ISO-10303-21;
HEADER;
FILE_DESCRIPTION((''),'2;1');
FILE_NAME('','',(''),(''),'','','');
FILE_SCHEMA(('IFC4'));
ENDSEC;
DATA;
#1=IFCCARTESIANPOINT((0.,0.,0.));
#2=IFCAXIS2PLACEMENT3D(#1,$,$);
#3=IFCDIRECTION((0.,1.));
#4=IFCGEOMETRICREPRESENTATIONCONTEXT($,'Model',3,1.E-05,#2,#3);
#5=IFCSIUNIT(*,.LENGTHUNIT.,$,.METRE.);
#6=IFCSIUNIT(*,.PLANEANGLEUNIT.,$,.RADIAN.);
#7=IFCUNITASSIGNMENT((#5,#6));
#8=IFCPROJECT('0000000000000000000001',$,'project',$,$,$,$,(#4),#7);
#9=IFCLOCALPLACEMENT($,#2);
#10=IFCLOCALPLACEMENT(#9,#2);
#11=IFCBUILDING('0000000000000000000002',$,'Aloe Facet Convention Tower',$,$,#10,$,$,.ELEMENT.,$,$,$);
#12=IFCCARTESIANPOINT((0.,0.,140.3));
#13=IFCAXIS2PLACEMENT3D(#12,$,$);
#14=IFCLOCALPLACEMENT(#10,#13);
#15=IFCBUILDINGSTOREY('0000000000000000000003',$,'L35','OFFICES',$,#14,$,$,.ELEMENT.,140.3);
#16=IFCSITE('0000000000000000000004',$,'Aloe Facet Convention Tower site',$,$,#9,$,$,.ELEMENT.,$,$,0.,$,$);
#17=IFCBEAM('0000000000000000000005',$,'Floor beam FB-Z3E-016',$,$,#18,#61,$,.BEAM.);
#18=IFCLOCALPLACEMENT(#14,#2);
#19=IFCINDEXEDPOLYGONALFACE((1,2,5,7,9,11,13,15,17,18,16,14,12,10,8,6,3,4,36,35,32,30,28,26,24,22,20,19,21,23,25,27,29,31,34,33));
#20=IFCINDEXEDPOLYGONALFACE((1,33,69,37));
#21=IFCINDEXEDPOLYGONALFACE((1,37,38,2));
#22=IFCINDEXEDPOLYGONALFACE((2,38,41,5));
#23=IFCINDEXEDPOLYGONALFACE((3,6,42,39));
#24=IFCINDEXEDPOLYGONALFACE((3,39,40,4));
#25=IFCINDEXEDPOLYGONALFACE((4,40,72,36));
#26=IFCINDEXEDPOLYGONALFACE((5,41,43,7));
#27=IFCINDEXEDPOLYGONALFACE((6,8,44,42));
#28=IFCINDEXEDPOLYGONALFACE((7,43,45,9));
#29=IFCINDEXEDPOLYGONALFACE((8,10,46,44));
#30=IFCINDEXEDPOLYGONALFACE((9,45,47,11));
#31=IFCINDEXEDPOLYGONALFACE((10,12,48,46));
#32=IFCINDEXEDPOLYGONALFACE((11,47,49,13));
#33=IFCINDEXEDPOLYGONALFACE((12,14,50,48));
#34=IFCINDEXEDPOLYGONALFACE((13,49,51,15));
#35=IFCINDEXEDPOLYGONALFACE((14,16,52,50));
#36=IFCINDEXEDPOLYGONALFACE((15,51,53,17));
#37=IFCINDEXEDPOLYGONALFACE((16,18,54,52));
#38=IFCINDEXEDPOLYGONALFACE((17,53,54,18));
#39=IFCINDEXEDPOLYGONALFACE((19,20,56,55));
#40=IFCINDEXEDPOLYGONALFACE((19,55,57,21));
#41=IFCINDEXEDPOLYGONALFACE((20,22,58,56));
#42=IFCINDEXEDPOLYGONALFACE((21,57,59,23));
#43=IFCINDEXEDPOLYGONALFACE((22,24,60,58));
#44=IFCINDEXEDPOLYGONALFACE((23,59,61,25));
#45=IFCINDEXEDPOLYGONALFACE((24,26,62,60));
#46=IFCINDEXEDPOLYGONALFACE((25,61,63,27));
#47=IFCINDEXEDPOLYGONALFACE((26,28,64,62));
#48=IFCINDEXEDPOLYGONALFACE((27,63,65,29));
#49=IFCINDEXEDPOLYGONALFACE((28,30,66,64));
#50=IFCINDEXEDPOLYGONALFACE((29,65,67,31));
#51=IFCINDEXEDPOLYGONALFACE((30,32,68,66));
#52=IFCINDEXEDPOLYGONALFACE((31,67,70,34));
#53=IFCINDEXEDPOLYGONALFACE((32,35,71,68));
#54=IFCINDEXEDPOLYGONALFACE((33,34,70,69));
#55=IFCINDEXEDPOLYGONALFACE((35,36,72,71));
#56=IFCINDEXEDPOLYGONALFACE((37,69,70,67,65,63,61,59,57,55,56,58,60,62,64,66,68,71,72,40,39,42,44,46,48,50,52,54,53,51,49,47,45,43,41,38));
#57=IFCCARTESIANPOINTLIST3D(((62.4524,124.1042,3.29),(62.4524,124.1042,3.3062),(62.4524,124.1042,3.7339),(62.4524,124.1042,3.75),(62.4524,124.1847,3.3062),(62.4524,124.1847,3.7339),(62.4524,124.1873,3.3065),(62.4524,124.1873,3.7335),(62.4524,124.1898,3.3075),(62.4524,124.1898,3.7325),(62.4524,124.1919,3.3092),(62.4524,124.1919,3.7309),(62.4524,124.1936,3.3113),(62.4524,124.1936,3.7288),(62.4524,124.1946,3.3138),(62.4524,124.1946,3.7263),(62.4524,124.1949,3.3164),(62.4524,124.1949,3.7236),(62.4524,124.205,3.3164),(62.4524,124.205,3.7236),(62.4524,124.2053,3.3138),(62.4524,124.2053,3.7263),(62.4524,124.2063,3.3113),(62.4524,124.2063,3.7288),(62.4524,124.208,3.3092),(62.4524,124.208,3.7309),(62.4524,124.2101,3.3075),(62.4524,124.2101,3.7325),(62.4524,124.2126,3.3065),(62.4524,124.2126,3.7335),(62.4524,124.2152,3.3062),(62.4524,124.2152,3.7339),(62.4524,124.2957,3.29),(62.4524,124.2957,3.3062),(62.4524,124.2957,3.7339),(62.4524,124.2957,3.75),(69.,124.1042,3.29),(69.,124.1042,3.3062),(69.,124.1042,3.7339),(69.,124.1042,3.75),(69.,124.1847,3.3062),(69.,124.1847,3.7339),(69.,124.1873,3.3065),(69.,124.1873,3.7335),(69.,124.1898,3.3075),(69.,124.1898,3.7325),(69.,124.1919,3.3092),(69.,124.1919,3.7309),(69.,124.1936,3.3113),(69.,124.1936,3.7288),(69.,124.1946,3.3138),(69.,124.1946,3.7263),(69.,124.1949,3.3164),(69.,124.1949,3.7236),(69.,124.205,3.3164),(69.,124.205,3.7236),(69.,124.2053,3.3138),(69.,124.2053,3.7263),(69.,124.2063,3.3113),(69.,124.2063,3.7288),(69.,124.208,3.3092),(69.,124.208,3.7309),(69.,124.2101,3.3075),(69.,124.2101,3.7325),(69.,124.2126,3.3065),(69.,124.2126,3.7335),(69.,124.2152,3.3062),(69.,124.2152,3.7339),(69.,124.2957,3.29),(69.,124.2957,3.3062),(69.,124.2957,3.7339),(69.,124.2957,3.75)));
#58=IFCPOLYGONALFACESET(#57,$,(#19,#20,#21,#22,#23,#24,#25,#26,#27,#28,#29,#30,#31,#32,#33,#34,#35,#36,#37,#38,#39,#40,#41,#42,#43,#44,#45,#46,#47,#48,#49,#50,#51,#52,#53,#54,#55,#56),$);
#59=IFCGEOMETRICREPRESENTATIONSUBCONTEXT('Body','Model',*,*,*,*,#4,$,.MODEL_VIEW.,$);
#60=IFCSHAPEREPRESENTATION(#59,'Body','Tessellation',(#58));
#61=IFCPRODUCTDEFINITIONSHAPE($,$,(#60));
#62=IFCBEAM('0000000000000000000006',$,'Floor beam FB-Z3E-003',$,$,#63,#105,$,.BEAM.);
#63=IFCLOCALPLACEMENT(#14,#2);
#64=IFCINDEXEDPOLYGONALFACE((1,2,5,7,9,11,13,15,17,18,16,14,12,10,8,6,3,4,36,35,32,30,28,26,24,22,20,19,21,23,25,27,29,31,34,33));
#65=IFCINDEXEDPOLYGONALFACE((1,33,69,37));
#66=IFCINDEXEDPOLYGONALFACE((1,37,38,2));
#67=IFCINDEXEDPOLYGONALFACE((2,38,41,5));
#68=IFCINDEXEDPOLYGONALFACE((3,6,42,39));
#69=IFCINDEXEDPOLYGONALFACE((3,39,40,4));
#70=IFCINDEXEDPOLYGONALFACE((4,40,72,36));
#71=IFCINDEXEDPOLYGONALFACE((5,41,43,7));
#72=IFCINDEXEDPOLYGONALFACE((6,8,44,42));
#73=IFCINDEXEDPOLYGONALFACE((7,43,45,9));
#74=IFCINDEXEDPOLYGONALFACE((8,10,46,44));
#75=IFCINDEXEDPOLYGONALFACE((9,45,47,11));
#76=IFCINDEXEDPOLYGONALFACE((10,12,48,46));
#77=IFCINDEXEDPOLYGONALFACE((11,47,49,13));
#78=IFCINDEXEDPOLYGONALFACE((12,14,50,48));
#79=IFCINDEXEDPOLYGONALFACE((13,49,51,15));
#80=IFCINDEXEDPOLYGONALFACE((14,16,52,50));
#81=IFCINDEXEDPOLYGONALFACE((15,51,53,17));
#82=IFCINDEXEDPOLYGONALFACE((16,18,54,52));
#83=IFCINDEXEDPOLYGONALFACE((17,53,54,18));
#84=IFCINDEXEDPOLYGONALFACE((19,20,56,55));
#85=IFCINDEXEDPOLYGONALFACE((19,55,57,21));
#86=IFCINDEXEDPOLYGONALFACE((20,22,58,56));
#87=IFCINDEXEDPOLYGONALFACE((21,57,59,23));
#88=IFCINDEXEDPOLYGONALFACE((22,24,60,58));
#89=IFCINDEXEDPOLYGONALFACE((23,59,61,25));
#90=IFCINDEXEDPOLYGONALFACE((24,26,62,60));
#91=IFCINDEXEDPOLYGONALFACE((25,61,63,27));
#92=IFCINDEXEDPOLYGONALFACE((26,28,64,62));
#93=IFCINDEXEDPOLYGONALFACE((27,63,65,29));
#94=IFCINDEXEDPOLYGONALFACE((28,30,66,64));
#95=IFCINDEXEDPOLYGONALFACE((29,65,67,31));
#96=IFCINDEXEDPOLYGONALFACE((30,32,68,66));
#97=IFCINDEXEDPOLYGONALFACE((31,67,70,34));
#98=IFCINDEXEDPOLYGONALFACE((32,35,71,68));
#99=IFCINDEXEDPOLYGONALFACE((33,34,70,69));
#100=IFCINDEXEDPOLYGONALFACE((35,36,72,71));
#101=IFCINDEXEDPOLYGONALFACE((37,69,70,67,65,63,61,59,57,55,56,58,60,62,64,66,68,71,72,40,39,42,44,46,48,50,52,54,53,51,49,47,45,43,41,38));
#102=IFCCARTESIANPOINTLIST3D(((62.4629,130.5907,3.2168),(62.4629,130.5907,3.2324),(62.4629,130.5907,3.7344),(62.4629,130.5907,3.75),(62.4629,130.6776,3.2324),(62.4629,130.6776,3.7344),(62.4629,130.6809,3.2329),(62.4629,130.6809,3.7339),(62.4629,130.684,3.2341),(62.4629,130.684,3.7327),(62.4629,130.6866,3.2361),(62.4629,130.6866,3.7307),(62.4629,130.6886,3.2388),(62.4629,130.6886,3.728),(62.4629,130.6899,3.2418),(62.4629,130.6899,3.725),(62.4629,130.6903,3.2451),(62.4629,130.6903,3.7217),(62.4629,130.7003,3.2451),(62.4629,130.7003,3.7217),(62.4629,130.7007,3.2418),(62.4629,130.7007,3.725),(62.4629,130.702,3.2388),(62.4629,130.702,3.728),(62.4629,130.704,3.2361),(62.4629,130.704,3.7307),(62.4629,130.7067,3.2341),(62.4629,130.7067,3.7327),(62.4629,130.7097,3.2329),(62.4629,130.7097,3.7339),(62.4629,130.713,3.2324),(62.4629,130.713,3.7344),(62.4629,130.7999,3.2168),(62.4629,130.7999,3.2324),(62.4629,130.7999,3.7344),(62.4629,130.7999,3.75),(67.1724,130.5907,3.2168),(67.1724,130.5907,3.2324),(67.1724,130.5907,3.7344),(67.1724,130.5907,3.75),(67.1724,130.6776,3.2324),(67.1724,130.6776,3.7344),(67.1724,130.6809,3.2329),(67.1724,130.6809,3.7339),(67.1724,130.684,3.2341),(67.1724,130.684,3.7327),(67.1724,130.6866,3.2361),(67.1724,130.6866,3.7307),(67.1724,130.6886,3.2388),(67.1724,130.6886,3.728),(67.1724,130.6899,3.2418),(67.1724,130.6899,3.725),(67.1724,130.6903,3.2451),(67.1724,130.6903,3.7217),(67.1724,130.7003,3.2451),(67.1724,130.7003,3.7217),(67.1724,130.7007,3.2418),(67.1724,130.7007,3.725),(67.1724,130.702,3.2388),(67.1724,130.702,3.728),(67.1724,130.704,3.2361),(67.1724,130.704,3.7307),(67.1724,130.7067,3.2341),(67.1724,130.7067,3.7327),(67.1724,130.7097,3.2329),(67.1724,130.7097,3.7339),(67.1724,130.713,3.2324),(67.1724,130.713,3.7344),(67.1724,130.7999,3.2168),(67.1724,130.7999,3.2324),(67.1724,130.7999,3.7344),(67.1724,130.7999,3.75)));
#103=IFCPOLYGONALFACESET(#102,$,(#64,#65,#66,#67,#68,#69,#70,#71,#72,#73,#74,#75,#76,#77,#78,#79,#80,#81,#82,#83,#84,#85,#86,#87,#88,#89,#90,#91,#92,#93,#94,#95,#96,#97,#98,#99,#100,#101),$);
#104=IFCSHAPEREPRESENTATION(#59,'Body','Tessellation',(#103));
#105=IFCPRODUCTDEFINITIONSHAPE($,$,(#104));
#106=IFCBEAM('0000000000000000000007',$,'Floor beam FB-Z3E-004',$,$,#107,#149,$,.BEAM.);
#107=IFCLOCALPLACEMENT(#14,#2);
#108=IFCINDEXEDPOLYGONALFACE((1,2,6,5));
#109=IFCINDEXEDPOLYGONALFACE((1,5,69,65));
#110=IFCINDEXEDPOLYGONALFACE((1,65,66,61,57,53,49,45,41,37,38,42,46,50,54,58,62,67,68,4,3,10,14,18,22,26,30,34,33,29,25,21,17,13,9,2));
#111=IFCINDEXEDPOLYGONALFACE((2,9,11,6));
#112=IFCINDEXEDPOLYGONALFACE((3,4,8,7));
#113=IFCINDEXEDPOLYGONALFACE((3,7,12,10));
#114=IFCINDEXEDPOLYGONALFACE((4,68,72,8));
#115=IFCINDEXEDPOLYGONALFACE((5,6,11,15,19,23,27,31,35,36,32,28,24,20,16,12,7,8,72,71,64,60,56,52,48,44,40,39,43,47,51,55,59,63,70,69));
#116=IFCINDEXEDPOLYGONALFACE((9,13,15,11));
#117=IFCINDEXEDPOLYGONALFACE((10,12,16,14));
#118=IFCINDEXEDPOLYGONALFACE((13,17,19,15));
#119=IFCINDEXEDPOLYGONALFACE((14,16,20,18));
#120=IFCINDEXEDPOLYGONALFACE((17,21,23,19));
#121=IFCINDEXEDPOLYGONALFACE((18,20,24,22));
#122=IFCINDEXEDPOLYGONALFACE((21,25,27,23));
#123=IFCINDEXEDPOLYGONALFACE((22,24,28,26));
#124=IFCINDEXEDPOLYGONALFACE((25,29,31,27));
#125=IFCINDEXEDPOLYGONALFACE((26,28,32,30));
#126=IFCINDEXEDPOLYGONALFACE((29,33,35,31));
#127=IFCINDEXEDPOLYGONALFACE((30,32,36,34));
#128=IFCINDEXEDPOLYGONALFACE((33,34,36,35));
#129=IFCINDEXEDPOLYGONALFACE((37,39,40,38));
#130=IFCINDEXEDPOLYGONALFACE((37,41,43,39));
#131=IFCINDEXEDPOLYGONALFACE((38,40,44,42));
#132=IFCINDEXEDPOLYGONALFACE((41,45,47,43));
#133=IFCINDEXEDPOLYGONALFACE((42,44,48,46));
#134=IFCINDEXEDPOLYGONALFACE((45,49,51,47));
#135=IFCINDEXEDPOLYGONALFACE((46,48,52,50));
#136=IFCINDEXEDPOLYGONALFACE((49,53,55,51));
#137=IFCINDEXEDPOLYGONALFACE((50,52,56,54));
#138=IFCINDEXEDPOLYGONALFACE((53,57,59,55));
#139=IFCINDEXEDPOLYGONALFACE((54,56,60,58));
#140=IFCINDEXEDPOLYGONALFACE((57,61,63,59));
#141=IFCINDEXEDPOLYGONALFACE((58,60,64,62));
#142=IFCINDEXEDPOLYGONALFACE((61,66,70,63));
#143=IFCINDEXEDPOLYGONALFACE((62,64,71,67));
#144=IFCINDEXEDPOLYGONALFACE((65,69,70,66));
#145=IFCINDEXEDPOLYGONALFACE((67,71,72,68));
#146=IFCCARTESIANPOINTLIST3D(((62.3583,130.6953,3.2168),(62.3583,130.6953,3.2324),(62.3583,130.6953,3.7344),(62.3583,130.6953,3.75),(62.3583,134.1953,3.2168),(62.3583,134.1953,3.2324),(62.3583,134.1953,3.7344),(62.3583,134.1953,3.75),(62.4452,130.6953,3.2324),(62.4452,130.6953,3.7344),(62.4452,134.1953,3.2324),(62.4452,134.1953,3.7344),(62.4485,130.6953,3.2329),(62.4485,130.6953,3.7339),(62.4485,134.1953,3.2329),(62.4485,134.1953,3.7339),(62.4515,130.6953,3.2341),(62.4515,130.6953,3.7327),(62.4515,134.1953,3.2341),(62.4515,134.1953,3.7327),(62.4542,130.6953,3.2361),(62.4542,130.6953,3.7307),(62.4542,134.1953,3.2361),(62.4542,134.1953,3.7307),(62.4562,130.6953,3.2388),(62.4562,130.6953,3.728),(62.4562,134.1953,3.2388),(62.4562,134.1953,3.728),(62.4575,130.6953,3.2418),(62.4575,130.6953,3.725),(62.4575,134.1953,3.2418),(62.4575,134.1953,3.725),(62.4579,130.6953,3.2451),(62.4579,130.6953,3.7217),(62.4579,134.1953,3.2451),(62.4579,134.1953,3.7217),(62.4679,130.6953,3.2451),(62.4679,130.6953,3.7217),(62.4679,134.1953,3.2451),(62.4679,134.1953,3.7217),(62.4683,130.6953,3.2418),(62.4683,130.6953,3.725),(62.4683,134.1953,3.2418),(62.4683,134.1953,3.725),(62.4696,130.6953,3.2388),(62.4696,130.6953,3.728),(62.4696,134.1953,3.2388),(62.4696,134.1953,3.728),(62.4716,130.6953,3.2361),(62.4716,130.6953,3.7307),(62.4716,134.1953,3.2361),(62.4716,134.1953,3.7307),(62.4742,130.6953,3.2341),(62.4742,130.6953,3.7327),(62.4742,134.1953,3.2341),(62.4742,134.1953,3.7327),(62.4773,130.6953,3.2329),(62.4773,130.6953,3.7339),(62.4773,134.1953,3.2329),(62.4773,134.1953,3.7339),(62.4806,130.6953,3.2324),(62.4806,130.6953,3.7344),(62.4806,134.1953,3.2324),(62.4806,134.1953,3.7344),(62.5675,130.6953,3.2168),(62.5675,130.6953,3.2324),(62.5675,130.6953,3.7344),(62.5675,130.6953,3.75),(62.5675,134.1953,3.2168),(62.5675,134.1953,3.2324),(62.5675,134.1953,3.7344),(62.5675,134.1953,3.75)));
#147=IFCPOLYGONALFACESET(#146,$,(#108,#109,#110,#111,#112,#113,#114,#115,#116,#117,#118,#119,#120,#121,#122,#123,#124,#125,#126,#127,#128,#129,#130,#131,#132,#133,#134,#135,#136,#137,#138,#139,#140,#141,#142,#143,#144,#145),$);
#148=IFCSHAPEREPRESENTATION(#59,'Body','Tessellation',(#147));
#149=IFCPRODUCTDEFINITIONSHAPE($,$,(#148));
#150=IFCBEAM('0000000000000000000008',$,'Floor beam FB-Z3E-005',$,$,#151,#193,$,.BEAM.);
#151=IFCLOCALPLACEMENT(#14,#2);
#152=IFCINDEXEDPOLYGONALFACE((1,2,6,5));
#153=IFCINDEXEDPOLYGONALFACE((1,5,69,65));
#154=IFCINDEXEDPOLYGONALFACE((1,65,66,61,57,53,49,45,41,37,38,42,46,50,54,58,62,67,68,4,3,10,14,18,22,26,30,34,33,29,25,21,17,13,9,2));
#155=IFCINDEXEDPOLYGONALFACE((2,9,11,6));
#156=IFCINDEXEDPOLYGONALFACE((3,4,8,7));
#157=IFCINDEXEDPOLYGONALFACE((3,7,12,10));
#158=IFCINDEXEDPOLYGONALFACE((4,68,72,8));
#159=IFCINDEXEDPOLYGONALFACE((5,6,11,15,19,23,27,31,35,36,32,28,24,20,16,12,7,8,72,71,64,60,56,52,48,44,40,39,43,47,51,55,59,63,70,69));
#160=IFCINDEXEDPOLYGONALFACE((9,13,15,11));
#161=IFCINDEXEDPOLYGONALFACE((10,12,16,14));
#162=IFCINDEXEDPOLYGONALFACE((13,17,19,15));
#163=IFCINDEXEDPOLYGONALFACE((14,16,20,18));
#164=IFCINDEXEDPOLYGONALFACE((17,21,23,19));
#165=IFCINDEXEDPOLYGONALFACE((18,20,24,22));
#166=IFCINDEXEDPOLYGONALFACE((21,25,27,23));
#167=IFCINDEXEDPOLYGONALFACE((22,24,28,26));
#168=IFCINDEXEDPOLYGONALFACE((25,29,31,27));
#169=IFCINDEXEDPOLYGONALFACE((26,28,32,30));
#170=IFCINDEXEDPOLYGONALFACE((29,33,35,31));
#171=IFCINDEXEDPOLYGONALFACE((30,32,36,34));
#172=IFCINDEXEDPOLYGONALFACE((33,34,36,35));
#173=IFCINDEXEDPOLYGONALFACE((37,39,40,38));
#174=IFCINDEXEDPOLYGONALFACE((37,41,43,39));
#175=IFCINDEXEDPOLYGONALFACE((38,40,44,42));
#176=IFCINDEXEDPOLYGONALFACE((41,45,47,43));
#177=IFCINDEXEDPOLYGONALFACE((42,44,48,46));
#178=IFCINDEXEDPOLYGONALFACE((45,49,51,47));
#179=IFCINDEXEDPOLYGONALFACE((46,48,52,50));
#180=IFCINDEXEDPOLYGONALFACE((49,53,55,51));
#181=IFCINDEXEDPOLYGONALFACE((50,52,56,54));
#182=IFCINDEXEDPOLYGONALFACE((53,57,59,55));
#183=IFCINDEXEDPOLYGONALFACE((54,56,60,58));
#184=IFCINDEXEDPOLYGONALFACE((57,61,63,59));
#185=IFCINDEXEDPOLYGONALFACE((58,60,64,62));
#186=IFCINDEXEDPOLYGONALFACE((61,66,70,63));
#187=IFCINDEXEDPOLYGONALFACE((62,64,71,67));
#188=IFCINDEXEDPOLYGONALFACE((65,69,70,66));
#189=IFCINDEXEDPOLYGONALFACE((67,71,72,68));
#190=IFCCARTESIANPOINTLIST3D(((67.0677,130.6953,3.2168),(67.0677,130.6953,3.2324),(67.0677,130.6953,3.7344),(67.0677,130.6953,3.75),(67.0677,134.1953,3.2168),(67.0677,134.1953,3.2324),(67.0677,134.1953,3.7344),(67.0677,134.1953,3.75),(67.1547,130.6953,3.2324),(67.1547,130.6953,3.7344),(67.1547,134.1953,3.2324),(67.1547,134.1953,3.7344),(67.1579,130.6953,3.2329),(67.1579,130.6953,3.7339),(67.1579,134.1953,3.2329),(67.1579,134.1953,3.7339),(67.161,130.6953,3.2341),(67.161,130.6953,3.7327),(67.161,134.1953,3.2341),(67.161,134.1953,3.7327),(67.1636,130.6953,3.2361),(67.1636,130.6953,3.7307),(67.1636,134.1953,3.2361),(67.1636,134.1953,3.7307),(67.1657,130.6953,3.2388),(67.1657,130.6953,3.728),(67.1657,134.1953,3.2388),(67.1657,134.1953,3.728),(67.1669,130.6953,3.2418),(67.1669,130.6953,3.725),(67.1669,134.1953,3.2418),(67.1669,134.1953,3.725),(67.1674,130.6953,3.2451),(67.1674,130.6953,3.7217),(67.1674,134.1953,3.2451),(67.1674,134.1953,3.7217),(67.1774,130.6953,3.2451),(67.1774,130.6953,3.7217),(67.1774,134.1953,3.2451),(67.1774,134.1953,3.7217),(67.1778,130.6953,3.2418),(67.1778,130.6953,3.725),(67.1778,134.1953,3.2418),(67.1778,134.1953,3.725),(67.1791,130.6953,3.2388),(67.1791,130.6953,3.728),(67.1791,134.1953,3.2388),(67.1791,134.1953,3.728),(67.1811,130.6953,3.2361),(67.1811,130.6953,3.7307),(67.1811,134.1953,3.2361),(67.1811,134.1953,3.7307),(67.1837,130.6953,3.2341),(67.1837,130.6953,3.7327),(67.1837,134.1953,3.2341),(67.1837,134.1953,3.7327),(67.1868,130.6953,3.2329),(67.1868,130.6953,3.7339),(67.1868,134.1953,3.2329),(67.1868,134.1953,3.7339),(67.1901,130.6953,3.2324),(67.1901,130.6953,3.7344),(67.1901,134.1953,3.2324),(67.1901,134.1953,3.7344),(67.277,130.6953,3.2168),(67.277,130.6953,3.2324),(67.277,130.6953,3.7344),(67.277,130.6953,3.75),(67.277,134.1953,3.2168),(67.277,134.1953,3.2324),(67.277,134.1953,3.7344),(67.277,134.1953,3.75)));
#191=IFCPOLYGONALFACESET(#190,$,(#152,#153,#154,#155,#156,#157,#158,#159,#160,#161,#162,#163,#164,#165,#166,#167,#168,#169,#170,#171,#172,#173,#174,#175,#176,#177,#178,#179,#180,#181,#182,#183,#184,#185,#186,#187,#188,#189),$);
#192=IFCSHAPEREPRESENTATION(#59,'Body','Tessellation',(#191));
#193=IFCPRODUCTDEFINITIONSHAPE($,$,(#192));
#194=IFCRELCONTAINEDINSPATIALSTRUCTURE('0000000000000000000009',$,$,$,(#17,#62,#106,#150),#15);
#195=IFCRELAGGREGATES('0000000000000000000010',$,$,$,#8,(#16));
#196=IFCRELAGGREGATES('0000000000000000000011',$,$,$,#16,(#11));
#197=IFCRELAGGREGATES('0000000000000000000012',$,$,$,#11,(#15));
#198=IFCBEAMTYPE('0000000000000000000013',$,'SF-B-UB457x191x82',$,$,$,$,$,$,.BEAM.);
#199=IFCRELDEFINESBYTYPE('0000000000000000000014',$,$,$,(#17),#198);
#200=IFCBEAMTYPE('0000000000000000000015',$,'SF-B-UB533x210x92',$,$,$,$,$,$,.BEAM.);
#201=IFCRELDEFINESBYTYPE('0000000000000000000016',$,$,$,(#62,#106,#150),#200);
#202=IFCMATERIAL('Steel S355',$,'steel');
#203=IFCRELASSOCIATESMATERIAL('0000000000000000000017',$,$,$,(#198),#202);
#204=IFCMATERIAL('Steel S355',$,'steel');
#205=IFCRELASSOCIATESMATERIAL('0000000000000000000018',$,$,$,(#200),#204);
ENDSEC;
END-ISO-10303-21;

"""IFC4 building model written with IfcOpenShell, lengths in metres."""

from ifc_helpers import new_model, si_unit, direction, frame, origin, origin_2d, place, context, subcontext, project, spatial, i_section, extrude, material, material_profile, profile_set, type_object, element, save


model = new_model("IFC4")

# Units and contexts
model_context = context("Model", 3, precision=1e-05, world=origin(), true_north=direction((0.0, 1.0)))
body_context = subcontext(model_context, "Body", "Model", "MODEL_VIEW")
ifc_project = project(units=[si_unit("LENGTHUNIT", "METRE"), si_unit("PLANEANGLEUNIT", "RADIAN")], contexts=[model_context])

# Site, building, storey
site_placement = place(None, origin())
site = spatial("IfcSite", under=ifc_project, at=site_placement, Name="Aloe Facet Convention Tower site", CompositionType="ELEMENT", RefElevation=0.0)
building_placement = place(site_placement, origin())
building = spatial("IfcBuilding", under=site, at=building_placement, Name="Aloe Facet Convention Tower", CompositionType="ELEMENT")
storey_placement = place(building_placement, frame((0.0, 0.0, 140.3)))
storey = spatial("IfcBuildingStorey", under=building, at=storey_placement, Name="L35", Description="OFFICES", CompositionType="ELEMENT", Elevation=140.3)

# Beams
ifc_material_1 = material(Name="Steel S355", Category="steel")
ifc_material_profile_1 = material_profile(ifc_material_1, i_section(OverallWidth=0.1914, OverallDepth=0.46, WebThickness=0.01, FlangeThickness=0.0161, FilletRadius=0.0103, at=origin_2d()), Name="UB 457x191x82")
ifc_profile_set_1 = profile_set([ifc_material_profile_1], Name="Steel S355")
beam_type_1 = type_object("IfcBeamType", Name="SF-B-UB457x191x82", PredefinedType="BEAM", material=ifc_profile_set_1)
beam_1_placement = place(storey_placement, frame((62.4524, 124.2, 3.52), z_axis=(1.0, 0.0, 0.0), x_axis=(0.0, 1.0, 0.0)))
element("IfcBeam", 1, at=beam_1_placement, inside=storey, type_object=beam_type_1, Name="Floor beam FB-Z3E-016", PredefinedType="BEAM", context=body_context, shape_type="SweptSolid", body=[
    extrude(i_section(OverallWidth=0.1914, OverallDepth=0.46, WebThickness=0.01, FlangeThickness=0.0161, FilletRadius=0.0103, at=origin_2d()), origin(), (0.0, 0.0, 1.0), 6.5476),
])
ifc_material_2 = material(Name="Steel S355", Category="steel")
ifc_material_profile_2 = material_profile(ifc_material_2, i_section(OverallWidth=0.2092, OverallDepth=0.5332, WebThickness=0.01, FlangeThickness=0.0156, FilletRadius=0.0127, at=origin_2d()), Name="UB 533x210x92")
ifc_profile_set_2 = profile_set([ifc_material_profile_2], Name="Steel S355")
beam_type_2 = type_object("IfcBeamType", Name="SF-B-UB533x210x92", PredefinedType="BEAM", material=ifc_profile_set_2)
beam_2_placement = place(storey_placement, frame((62.4629, 130.6953, 3.4834), z_axis=(1.0, 0.0, 0.0), x_axis=(0.0, 1.0, 0.0)))
element("IfcBeam", 2, at=beam_2_placement, inside=storey, type_object=beam_type_2, Name="Floor beam FB-Z3E-003", PredefinedType="BEAM", context=body_context, shape_type="SweptSolid", body=[
    extrude(i_section(OverallWidth=0.2092, OverallDepth=0.5332, WebThickness=0.01, FlangeThickness=0.0156, FilletRadius=0.0127, at=origin_2d()), origin(), (0.0, 0.0, 1.0), 4.7095),
])
for number, where, z_axis, x_axis, name in (
    (3, (62.4629, 134.1953, 3.4834), (0.0, -1.0, 0.0), (1.0, 0.0, 0.0), "Floor beam FB-Z3E-004"),
    (4, (67.1724, 130.6953, 3.4834), (0.0, 1.0, 0.0), (-1.0, 0.0, 0.0), "Floor beam FB-Z3E-005"),
):
    element("IfcBeam", number, at=place(storey_placement, frame(where, z_axis=z_axis, x_axis=x_axis)), inside=storey, type_object=beam_type_2, Name=name, PredefinedType="BEAM", context=body_context, shape_type="SweptSolid", body=[
        extrude(i_section(OverallWidth=0.2092, OverallDepth=0.5332, WebThickness=0.01, FlangeThickness=0.0156, FilletRadius=0.0127, at=origin_2d()), origin(), (0.0, 0.0, 1.0), 3.5),
    ])

save(model, "model.ifc")
